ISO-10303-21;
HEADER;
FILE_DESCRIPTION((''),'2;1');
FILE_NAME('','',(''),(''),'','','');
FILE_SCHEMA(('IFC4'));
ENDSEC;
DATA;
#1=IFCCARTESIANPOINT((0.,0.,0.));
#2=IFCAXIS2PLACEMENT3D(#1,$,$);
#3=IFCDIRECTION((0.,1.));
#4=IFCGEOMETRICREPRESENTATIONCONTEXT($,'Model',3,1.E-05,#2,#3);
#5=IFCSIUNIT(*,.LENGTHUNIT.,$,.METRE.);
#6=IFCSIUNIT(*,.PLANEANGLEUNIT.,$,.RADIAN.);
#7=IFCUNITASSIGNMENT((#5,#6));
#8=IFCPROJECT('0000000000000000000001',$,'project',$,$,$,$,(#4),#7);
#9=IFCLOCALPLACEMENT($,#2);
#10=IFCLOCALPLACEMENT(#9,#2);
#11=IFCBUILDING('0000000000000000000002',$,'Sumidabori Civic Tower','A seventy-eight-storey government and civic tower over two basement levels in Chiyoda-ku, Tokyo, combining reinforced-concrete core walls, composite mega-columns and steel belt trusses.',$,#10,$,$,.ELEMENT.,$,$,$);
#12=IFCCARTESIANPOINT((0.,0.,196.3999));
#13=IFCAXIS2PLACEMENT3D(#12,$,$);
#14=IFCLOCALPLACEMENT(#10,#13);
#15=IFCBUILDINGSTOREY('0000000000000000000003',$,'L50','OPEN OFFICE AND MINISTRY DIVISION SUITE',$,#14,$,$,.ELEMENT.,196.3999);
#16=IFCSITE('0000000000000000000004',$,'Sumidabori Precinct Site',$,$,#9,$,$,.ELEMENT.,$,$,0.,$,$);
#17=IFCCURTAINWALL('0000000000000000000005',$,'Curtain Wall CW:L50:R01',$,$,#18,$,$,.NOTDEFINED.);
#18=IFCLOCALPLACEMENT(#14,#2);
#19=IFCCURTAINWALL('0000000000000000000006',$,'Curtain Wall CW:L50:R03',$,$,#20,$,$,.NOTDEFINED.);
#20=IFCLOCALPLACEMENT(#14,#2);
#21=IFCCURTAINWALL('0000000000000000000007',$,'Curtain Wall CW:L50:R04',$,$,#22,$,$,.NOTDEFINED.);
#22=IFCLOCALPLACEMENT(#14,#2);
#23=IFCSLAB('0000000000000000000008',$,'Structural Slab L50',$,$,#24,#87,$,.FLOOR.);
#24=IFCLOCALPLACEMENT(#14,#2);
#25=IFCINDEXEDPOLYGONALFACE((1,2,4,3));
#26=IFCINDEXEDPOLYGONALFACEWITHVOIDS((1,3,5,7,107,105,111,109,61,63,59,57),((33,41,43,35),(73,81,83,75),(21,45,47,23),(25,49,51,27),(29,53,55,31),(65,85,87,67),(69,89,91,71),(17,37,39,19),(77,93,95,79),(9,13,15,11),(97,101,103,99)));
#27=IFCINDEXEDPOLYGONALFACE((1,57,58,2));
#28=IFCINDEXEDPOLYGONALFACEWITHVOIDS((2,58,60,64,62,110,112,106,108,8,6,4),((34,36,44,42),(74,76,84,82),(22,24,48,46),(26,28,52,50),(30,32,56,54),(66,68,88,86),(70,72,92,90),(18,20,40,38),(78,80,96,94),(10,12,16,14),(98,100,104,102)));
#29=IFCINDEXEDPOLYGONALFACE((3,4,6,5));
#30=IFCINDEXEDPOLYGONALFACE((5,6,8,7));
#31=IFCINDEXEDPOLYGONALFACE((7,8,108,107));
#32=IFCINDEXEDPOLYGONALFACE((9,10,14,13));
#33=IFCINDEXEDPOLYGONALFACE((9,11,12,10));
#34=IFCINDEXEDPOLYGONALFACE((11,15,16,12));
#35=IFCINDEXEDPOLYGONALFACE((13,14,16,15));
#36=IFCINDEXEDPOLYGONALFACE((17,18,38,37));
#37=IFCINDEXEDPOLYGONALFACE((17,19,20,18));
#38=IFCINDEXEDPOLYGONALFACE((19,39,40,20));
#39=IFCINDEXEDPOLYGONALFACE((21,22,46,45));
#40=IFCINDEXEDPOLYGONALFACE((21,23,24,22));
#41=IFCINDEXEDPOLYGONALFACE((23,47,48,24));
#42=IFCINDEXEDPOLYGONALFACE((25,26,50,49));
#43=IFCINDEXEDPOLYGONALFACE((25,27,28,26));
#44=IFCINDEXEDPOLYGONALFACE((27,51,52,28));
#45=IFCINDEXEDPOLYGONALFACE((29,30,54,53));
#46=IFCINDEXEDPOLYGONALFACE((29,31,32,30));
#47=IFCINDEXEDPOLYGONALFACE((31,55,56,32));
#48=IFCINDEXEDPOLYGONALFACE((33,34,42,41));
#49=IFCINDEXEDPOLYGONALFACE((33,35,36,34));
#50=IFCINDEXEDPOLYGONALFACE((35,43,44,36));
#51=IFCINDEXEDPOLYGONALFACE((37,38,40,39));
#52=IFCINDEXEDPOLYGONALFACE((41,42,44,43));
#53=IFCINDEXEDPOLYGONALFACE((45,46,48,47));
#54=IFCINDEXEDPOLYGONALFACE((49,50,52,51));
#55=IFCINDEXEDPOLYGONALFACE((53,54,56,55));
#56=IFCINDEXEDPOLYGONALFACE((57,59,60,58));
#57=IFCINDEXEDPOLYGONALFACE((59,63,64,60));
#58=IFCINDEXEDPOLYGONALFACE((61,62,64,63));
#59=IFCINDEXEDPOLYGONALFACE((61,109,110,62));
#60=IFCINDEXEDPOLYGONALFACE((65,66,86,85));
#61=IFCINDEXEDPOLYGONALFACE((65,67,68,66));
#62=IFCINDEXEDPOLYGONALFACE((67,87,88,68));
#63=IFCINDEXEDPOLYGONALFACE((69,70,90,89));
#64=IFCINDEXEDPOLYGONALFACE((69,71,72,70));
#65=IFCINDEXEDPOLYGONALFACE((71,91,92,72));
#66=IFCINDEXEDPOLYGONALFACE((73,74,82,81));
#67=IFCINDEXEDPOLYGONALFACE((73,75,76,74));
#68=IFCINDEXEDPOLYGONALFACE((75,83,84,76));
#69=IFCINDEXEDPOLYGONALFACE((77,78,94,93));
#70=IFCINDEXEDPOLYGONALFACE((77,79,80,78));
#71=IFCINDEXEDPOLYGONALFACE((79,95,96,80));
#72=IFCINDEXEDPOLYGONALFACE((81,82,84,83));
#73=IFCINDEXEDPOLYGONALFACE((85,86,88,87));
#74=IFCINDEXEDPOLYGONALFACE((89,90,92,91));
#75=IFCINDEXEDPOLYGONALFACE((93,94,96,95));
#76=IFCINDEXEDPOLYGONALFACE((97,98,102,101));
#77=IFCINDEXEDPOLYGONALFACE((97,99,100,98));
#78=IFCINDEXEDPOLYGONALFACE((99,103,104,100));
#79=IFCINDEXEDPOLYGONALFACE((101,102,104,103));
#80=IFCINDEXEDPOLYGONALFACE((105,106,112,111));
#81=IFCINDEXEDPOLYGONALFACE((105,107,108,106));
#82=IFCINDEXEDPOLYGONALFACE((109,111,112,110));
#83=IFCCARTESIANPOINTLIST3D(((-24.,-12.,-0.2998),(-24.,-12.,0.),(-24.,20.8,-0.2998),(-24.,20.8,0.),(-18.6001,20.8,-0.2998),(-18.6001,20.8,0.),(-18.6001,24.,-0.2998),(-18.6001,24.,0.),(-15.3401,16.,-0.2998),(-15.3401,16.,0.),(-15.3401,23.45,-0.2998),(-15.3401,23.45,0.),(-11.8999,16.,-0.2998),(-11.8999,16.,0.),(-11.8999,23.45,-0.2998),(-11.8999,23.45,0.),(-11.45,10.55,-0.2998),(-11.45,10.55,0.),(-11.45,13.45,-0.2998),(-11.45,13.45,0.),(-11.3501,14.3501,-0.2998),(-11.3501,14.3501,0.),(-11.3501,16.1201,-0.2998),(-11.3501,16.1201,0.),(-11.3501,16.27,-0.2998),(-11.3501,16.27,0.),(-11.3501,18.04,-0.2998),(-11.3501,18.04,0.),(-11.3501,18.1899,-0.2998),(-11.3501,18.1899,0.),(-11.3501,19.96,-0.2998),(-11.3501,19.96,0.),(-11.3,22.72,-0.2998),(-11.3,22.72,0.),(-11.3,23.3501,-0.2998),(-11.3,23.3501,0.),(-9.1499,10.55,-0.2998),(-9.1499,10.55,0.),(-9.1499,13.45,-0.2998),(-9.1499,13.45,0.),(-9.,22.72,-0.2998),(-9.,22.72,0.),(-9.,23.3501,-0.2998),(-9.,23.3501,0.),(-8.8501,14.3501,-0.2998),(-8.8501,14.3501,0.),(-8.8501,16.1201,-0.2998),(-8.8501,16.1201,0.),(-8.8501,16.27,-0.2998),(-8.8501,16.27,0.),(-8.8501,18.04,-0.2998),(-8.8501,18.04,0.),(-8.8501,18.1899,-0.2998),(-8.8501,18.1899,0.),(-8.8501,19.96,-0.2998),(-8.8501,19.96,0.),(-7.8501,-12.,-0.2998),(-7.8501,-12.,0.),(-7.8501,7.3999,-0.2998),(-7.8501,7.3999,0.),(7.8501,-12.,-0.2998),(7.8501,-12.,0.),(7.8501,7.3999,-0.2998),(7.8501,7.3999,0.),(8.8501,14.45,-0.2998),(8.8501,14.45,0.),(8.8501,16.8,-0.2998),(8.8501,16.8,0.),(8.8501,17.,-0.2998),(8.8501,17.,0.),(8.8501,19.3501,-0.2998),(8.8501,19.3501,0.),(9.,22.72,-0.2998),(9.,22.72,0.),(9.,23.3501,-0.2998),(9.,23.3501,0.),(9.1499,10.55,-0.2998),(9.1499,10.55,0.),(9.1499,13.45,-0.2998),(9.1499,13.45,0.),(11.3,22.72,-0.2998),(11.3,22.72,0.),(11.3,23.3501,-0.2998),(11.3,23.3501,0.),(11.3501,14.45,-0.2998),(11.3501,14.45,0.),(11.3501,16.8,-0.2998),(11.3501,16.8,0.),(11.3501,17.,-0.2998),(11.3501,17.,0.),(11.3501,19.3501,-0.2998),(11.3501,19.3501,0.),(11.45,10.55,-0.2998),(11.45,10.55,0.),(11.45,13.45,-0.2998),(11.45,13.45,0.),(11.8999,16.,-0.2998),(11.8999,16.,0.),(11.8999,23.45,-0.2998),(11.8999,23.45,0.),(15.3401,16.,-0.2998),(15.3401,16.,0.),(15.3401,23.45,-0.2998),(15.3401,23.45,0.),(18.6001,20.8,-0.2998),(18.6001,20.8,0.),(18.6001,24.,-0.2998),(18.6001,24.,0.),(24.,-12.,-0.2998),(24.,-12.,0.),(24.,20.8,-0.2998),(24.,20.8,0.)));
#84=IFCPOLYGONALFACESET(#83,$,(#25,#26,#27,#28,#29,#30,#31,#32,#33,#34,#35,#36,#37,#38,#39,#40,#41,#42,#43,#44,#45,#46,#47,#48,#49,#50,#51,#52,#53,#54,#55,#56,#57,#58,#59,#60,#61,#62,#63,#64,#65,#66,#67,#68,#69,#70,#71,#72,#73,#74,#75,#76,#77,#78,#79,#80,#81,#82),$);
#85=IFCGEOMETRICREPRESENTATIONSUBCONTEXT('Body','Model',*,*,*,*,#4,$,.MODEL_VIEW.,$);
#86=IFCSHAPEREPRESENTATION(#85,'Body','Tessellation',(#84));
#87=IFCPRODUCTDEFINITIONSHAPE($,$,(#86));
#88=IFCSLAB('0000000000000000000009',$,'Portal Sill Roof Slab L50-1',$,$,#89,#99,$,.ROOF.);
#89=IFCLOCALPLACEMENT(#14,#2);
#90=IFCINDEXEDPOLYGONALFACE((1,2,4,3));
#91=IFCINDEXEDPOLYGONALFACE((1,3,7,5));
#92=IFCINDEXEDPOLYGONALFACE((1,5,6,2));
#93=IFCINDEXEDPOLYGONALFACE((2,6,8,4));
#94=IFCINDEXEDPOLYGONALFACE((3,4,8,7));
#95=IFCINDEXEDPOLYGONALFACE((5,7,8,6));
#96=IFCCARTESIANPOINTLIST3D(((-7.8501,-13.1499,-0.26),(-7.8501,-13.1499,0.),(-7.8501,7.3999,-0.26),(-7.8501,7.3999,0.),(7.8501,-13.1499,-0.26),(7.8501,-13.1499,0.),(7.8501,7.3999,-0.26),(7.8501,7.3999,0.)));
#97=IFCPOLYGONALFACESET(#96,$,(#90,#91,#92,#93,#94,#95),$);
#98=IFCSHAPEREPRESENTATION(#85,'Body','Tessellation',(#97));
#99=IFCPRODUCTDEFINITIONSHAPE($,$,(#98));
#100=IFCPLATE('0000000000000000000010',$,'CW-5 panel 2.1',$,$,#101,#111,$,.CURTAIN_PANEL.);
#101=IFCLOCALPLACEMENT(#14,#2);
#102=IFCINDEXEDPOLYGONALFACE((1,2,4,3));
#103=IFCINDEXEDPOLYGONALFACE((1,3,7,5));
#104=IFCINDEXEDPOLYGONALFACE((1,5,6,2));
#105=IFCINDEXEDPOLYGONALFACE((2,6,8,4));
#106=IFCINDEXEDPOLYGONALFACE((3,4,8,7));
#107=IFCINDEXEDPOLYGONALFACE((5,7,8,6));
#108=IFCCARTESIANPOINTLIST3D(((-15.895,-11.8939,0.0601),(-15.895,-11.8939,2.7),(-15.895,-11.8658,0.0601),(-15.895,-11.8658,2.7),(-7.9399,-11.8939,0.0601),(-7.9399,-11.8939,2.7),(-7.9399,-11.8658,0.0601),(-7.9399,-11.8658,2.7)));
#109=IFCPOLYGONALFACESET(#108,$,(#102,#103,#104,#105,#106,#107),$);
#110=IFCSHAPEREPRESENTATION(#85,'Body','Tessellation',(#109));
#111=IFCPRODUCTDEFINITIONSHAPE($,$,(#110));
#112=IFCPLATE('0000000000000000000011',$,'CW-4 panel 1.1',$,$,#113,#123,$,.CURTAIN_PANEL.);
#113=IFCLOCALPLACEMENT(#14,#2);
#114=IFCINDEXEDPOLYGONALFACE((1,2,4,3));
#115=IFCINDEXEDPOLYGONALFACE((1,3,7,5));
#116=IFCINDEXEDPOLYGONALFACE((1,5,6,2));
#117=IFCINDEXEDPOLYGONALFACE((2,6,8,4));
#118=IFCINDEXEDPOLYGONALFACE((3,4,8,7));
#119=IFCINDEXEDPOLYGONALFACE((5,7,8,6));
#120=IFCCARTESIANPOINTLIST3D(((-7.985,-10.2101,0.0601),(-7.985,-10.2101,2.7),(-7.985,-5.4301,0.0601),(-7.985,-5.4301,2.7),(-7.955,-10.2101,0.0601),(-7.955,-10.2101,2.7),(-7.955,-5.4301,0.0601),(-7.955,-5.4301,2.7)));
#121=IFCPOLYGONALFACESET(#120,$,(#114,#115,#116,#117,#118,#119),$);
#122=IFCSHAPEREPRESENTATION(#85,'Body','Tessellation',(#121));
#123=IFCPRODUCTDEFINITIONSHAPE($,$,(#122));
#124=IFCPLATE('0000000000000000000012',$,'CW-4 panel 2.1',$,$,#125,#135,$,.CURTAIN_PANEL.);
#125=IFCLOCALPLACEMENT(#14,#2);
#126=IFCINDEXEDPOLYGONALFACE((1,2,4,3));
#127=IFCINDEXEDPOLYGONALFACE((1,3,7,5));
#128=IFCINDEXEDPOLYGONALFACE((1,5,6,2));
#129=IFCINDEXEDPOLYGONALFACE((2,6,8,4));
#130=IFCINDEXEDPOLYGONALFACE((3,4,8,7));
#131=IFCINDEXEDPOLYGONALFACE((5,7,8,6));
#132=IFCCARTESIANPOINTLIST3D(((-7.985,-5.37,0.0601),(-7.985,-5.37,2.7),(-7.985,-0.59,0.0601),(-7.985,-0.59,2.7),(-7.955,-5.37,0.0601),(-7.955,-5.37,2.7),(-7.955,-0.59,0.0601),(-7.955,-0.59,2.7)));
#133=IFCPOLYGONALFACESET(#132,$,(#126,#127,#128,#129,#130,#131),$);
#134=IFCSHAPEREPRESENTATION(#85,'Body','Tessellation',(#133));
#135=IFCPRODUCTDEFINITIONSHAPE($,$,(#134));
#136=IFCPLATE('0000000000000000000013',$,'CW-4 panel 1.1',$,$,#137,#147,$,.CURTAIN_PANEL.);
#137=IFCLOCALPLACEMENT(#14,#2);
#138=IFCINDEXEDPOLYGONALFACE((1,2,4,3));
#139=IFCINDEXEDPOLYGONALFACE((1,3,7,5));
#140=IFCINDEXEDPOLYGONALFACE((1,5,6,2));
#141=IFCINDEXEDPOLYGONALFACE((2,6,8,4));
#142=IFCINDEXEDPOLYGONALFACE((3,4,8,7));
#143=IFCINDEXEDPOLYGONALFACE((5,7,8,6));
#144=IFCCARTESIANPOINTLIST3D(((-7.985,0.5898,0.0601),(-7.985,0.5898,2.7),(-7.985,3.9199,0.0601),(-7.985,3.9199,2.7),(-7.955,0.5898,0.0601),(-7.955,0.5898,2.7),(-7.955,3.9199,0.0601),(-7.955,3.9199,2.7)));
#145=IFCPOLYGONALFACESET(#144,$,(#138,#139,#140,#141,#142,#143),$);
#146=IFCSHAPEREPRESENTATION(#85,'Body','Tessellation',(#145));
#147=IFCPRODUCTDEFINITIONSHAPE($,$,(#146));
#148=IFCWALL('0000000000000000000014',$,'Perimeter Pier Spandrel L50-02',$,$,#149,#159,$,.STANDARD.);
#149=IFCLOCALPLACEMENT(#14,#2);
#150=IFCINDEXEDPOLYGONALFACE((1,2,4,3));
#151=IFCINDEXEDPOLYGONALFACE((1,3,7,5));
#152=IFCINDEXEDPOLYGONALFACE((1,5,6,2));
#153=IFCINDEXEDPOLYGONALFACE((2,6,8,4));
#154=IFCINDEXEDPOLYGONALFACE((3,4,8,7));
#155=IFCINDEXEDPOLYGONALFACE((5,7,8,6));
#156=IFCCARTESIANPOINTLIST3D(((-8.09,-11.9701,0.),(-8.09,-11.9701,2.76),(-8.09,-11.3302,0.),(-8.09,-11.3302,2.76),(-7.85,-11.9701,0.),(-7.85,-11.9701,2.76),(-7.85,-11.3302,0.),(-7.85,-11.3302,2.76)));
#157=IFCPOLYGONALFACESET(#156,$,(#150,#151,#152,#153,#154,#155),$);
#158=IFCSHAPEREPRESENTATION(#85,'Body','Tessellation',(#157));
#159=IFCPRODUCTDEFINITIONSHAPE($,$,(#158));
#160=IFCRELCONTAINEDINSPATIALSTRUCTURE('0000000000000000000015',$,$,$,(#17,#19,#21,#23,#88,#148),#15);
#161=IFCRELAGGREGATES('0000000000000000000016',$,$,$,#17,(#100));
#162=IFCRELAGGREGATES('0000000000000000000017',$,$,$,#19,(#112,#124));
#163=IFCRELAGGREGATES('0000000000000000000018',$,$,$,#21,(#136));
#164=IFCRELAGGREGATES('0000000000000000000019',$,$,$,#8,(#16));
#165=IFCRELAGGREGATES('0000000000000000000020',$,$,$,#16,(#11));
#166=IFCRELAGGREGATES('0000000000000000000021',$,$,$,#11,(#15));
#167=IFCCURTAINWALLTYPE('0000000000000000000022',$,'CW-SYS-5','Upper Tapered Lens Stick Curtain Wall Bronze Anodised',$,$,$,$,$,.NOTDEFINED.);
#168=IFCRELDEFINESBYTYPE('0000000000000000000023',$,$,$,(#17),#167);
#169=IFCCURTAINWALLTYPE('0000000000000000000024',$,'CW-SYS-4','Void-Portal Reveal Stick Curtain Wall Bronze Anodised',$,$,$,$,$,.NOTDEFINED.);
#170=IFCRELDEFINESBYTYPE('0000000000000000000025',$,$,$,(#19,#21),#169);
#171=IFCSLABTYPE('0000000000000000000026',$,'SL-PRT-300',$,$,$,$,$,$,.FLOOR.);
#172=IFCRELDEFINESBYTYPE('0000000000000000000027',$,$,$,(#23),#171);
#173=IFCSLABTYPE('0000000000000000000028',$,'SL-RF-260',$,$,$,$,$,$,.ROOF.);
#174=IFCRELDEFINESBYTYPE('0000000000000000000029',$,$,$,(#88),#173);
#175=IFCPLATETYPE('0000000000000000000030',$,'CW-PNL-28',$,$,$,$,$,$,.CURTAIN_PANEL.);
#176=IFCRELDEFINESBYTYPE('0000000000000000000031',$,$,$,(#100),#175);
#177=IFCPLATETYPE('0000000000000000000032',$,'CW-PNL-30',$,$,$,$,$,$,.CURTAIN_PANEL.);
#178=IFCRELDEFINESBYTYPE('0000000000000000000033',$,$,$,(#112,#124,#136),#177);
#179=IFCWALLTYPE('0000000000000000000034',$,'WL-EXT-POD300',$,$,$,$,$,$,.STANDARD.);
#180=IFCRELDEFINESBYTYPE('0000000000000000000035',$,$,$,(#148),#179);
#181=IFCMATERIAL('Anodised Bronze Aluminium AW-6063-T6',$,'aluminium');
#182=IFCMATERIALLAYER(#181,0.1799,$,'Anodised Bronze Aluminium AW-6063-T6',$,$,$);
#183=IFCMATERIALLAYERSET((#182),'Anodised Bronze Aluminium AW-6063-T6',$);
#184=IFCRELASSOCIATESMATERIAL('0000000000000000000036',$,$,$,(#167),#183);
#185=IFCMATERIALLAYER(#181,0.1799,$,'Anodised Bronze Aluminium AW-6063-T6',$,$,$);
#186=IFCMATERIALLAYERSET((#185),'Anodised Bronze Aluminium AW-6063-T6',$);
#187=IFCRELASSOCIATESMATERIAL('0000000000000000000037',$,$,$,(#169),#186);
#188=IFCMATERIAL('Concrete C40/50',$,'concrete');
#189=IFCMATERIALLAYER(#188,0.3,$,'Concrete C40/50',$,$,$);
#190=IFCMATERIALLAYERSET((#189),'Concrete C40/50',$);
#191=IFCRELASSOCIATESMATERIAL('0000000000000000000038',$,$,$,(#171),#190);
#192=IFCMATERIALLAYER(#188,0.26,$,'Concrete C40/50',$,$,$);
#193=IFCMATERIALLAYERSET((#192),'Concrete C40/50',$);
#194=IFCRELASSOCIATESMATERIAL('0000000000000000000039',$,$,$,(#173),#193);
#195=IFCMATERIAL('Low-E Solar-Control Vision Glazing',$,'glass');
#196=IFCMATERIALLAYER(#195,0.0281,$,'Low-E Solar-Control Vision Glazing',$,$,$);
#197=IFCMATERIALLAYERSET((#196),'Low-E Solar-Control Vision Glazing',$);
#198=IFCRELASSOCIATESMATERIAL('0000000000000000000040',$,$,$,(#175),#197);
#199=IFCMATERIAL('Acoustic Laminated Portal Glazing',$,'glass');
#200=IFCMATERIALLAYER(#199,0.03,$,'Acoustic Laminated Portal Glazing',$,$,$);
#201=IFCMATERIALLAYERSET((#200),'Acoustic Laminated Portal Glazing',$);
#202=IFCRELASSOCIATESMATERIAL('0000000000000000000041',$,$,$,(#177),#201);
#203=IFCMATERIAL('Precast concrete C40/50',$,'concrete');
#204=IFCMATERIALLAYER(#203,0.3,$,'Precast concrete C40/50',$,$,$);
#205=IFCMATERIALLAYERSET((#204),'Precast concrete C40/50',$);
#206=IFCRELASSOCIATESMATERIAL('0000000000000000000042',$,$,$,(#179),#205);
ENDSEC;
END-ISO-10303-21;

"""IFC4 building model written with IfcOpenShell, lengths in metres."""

from ifc_helpers import new_model, si_unit, direction, frame, frame_2d, origin, origin_2d, place, context, subcontext, project, spatial, polyline, rectangle, outline, extrude, source, transform, mapped, material, layer, layer_set, type_object, element, aggregate, save


model = new_model("IFC4")

# Units and contexts
model_context = context("Model", 3, precision=1e-05, world=origin(), true_north=direction((0.0, 1.0)))
body_context = subcontext(model_context, "Body", "Model", "MODEL_VIEW")
ifc_project = project(units=[si_unit("LENGTHUNIT", "METRE"), si_unit("PLANEANGLEUNIT", "RADIAN")], contexts=[model_context])

# Site, building, storey
site_placement = place(None, origin())
site = spatial("IfcSite", under=ifc_project, at=site_placement, Name="Sumidabori Precinct Site", CompositionType="ELEMENT", RefElevation=0.0)
building_placement = place(site_placement, origin())
building = spatial("IfcBuilding", under=site, at=building_placement, Name="Sumidabori Civic Tower", Description="A seventy-eight-storey government and civic tower over two basement levels in Chiyoda-ku, Tokyo, combining reinforced-concrete core walls, composite mega-columns and steel belt trusses.", CompositionType="ELEMENT")
storey_placement = place(building_placement, frame((0.0, 0.0, 196.3999)))
storey = spatial("IfcBuildingStorey", under=building, at=storey_placement, Name="L50", Description="OPEN OFFICE AND MINISTRY DIVISION SUITE", CompositionType="ELEMENT", Elevation=196.3999)

# Curtain wall
ifc_material_1 = material(Name="Anodised Bronze Aluminium AW-6063-T6", Category="aluminium")
ifc_layer_1 = layer(ifc_material_1, 0.1799, Name="Anodised Bronze Aluminium AW-6063-T6")
ifc_layer_set_1 = layer_set([ifc_layer_1], Name="Anodised Bronze Aluminium AW-6063-T6")
curtain_wall_type_1 = type_object("IfcCurtainWallType", Name="CW-SYS-5", Description="Upper Tapered Lens Stick Curtain Wall Bronze Anodised", PredefinedType="NOTDEFINED", material=ifc_layer_set_1)
curtain_wall_1_placement = place(storey_placement, origin())
curtain_wall_1 = element("IfcCurtainWall", 1, at=curtain_wall_1_placement, inside=storey, type_object=curtain_wall_type_1, Name="Curtain Wall CW:L50:R01", PredefinedType="NOTDEFINED")

# Curtain walls
ifc_layer_2 = layer(ifc_material_1, 0.1799, Name="Anodised Bronze Aluminium AW-6063-T6")
ifc_layer_set_2 = layer_set([ifc_layer_2], Name="Anodised Bronze Aluminium AW-6063-T6")
curtain_wall_type_2 = type_object("IfcCurtainWallType", Name="CW-SYS-4", Description="Void-Portal Reveal Stick Curtain Wall Bronze Anodised", PredefinedType="NOTDEFINED", material=ifc_layer_set_2)
curtain_wall_2_placement = place(storey_placement, origin())
curtain_wall_2 = element("IfcCurtainWall", 2, at=curtain_wall_2_placement, inside=storey, type_object=curtain_wall_type_2, Name="Curtain Wall CW:L50:R03", PredefinedType="NOTDEFINED")
curtain_wall_3_placement = place(storey_placement, origin())
curtain_wall_3 = element("IfcCurtainWall", 3, at=curtain_wall_3_placement, inside=storey, type_object=curtain_wall_type_2, Name="Curtain Wall CW:L50:R04", PredefinedType="NOTDEFINED")

# Shared definitions
ifc_material_2 = material(Name="Concrete C40/50", Category="concrete")

# Slabs
ifc_layer_3 = layer(ifc_material_2, 0.3, Name="Concrete C40/50")
ifc_layer_set_3 = layer_set([ifc_layer_3], Name="Concrete C40/50")
slab_type_1 = type_object("IfcSlabType", Name="SL-PRT-300", PredefinedType="FLOOR", material=ifc_layer_set_3)
slab_1_placement = place(storey_placement, frame((0.0, 0.0, -0.2998)))
element("IfcSlab", 4, at=slab_1_placement, inside=storey, type_object=slab_type_1, Name="Structural Slab L50", PredefinedType="FLOOR", context=body_context, shape_type="SweptSolid", body=[
    extrude(outline(polyline([(-24.0, -12.0), (-7.8501, -12.0), (-7.8501, 7.3999), (7.8501, 7.3999), (7.8501, -12.0), (24.0, -12.0), (24.0, 20.8), (18.6001, 20.8), (18.6001, 24.0), (-18.6001, 24.0), (-18.6001, 20.8), (-24.0, 20.8), (-24.0, -12.0)]), holes=[polyline([(-11.8999, 16.0), (-11.8999, 23.45), (-15.3401, 23.45), (-15.3401, 16.0), (-11.8999, 16.0)]), polyline([(15.3401, 16.0), (15.3401, 23.45), (11.8999, 23.45), (11.8999, 16.0), (15.3401, 16.0)]), polyline([(-11.45, 10.55), (-9.1499, 10.55), (-9.1499, 13.45), (-11.45, 13.45), (-11.45, 10.55)]), polyline([(9.1499, 10.55), (11.45, 10.55), (11.45, 13.45), (9.1499, 13.45), (9.1499, 10.55)]), polyline([(-11.3501, 14.3501), (-8.8501, 14.3501), (-8.8501, 16.1201), (-11.3501, 16.1201), (-11.3501, 14.3501)]), polyline([(-11.3501, 16.27), (-8.8501, 16.27), (-8.8501, 18.04), (-11.3501, 18.04), (-11.3501, 16.27)]), polyline([(-11.3501, 18.1899), (-8.8501, 18.1899), (-8.8501, 19.96), (-11.3501, 19.96), (-11.3501, 18.1899)]), polyline([(8.8501, 14.45), (11.3501, 14.45), (11.3501, 16.8), (8.8501, 16.8), (8.8501, 14.45)]), polyline([(8.8501, 17.0), (11.3501, 17.0), (11.3501, 19.3501), (8.8501, 19.3501), (8.8501, 17.0)]), polyline([(-11.3, 22.72), (-9.0, 22.72), (-9.0, 23.3501), (-11.3, 23.3501), (-11.3, 22.72)]), polyline([(9.0, 22.72), (11.3, 22.72), (11.3, 23.3501), (9.0, 23.3501), (9.0, 22.72)])]), origin(), (0.0, 0.0, 1.0), 0.2998),
])
ifc_layer_4 = layer(ifc_material_2, 0.26, Name="Concrete C40/50")
ifc_layer_set_4 = layer_set([ifc_layer_4], Name="Concrete C40/50")
slab_type_2 = type_object("IfcSlabType", Name="SL-RF-260", PredefinedType="ROOF", material=ifc_layer_set_4)
slab_2_placement = place(storey_placement, frame((0.0, 0.0, -0.26)))
element("IfcSlab", 5, at=slab_2_placement, inside=storey, type_object=slab_type_2, Name="Portal Sill Roof Slab L50-1", PredefinedType="ROOF", context=body_context, shape_type="SweptSolid", body=[
    extrude(outline(polyline([(7.8501, -13.1499), (7.8501, 7.3999), (-7.8501, 7.3999), (-7.8501, -13.1499), (7.8501, -13.1499)])), origin(), (0.0, 0.0, 1.0), 0.26),
])

# Plates
ifc_material_3 = material(Name="Low-E Solar-Control Vision Glazing", Category="glass")
ifc_layer_5 = layer(ifc_material_3, 0.0281, Name="Low-E Solar-Control Vision Glazing")
ifc_layer_set_5 = layer_set([ifc_layer_5], Name="Low-E Solar-Control Vision Glazing")
plate_type_1 = type_object("IfcPlateType", Name="CW-PNL-28", PredefinedType="CURTAIN_PANEL", material=ifc_layer_set_5)
shared_shape_1 = source(origin(), body_context, "Body", "SweptSolid", [
    extrude(rectangle(XDim=7.9551, YDim=0.0281, at=origin_2d()), origin(), (0.0, 0.0, 1.0), 2.6399),
])
plate_1_placement = place(storey_placement, frame((-11.9175, -11.8799, 0.0601), z_axis=(0.0, 0.0, 1.0), x_axis=(1.0, 0.0, 0.0)))
plate_1 = element("IfcPlate", 6, at=plate_1_placement, type_object=plate_type_1, Name="CW-5 panel 2.1", PredefinedType="CURTAIN_PANEL", context=body_context, shape_type="MappedRepresentation", body=[
    mapped(shared_shape_1, transform((0.0, 0.0, 0.0), x_axis=(1.0, 0.0, 0.0), y_axis=(0.0, 1.0, 0.0), z_axis=(0.0, 0.0, 1.0), scale=1.0)),
])
aggregate(curtain_wall_1, [plate_1])
ifc_material_4 = material(Name="Acoustic Laminated Portal Glazing", Category="glass")
ifc_layer_6 = layer(ifc_material_4, 0.03, Name="Acoustic Laminated Portal Glazing")
ifc_layer_set_6 = layer_set([ifc_layer_6], Name="Acoustic Laminated Portal Glazing")
plate_type_2 = type_object("IfcPlateType", Name="CW-PNL-30", PredefinedType="CURTAIN_PANEL", material=ifc_layer_set_6)
shared_shape_2 = source(origin(), body_context, "Body", "SweptSolid", [
    extrude(rectangle(XDim=4.78, YDim=0.03, at=origin_2d()), origin(), (0.0, 0.0, 1.0), 2.6399),
])
plate_2_placement = place(storey_placement, frame((-7.97, -7.8201, 0.0601), z_axis=(0.0, 0.0, 1.0), x_axis=(0.0, 1.0, 0.0)))
plate_2 = element("IfcPlate", 7, at=plate_2_placement, type_object=plate_type_2, Name="CW-4 panel 1.1", PredefinedType="CURTAIN_PANEL", context=body_context, shape_type="MappedRepresentation", body=[
    mapped(shared_shape_2, transform((0.0, 0.0, 0.0), x_axis=(1.0, 0.0, 0.0), y_axis=(0.0, 1.0, 0.0), z_axis=(0.0, 0.0, 1.0), scale=1.0)),
])
plate_3_placement = place(storey_placement, frame((-7.97, -2.98, 0.0601), z_axis=(0.0, 0.0, 1.0), x_axis=(0.0, 1.0, 0.0)))
plate_3 = element("IfcPlate", 8, at=plate_3_placement, type_object=plate_type_2, Name="CW-4 panel 2.1", PredefinedType="CURTAIN_PANEL", context=body_context, shape_type="MappedRepresentation", body=[
    mapped(shared_shape_2, transform((0.0, 0.0, 0.0), x_axis=(1.0, 0.0, 0.0), y_axis=(0.0, 1.0, 0.0), z_axis=(0.0, 0.0, 1.0), scale=1.0)),
])
aggregate(curtain_wall_2, [plate_2, plate_3])
shared_shape_3 = source(origin(), body_context, "Body", "SweptSolid", [
    extrude(rectangle(XDim=3.3301, YDim=0.03, at=origin_2d()), origin(), (0.0, 0.0, 1.0), 2.6399),
])
plate_4_placement = place(storey_placement, frame((-7.97, 2.2549, 0.0601), z_axis=(0.0, 0.0, 1.0), x_axis=(0.0, 1.0, 0.0)))
plate_4 = element("IfcPlate", 9, at=plate_4_placement, type_object=plate_type_2, Name="CW-4 panel 1.1", PredefinedType="CURTAIN_PANEL", context=body_context, shape_type="MappedRepresentation", body=[
    mapped(shared_shape_3, transform((0.0, 0.0, 0.0), x_axis=(1.0, 0.0, 0.0), y_axis=(0.0, 1.0, 0.0), z_axis=(0.0, 0.0, 1.0), scale=1.0)),
])
aggregate(curtain_wall_3, [plate_4])

# Wall
ifc_material_5 = material(Name="Precast concrete C40/50", Category="concrete")
ifc_layer_7 = layer(ifc_material_5, 0.3, Name="Precast concrete C40/50")
ifc_layer_set_7 = layer_set([ifc_layer_7], Name="Precast concrete C40/50")
wall_type_1 = type_object("IfcWallType", Name="WL-EXT-POD300", PredefinedType="STANDARD", material=ifc_layer_set_7)
shared_shape_4 = source(origin(), body_context, "Body", "SweptSolid", [
    extrude(rectangle(XDim=0.6399, YDim=0.24, at=frame_2d((0.3198, 0.0))), origin(), (0.0, 0.0, 1.0), 2.76),
])
wall_1_placement = place(storey_placement, frame((-7.97, -11.97, 0.0), z_axis=(0.0, 0.0, 1.0), x_axis=(0.0, 1.0, 0.0)))
element("IfcWall", 10, at=wall_1_placement, inside=storey, type_object=wall_type_1, Name="Perimeter Pier Spandrel L50-02", PredefinedType="STANDARD", context=body_context, shape_type="MappedRepresentation", body=[
    mapped(shared_shape_4, transform((0.0, 0.0, 0.0), x_axis=(1.0, 0.0, 0.0), y_axis=(0.0, 1.0, 0.0), z_axis=(0.0, 0.0, 1.0), scale=1.0)),
])

save(model, "model.ifc")
